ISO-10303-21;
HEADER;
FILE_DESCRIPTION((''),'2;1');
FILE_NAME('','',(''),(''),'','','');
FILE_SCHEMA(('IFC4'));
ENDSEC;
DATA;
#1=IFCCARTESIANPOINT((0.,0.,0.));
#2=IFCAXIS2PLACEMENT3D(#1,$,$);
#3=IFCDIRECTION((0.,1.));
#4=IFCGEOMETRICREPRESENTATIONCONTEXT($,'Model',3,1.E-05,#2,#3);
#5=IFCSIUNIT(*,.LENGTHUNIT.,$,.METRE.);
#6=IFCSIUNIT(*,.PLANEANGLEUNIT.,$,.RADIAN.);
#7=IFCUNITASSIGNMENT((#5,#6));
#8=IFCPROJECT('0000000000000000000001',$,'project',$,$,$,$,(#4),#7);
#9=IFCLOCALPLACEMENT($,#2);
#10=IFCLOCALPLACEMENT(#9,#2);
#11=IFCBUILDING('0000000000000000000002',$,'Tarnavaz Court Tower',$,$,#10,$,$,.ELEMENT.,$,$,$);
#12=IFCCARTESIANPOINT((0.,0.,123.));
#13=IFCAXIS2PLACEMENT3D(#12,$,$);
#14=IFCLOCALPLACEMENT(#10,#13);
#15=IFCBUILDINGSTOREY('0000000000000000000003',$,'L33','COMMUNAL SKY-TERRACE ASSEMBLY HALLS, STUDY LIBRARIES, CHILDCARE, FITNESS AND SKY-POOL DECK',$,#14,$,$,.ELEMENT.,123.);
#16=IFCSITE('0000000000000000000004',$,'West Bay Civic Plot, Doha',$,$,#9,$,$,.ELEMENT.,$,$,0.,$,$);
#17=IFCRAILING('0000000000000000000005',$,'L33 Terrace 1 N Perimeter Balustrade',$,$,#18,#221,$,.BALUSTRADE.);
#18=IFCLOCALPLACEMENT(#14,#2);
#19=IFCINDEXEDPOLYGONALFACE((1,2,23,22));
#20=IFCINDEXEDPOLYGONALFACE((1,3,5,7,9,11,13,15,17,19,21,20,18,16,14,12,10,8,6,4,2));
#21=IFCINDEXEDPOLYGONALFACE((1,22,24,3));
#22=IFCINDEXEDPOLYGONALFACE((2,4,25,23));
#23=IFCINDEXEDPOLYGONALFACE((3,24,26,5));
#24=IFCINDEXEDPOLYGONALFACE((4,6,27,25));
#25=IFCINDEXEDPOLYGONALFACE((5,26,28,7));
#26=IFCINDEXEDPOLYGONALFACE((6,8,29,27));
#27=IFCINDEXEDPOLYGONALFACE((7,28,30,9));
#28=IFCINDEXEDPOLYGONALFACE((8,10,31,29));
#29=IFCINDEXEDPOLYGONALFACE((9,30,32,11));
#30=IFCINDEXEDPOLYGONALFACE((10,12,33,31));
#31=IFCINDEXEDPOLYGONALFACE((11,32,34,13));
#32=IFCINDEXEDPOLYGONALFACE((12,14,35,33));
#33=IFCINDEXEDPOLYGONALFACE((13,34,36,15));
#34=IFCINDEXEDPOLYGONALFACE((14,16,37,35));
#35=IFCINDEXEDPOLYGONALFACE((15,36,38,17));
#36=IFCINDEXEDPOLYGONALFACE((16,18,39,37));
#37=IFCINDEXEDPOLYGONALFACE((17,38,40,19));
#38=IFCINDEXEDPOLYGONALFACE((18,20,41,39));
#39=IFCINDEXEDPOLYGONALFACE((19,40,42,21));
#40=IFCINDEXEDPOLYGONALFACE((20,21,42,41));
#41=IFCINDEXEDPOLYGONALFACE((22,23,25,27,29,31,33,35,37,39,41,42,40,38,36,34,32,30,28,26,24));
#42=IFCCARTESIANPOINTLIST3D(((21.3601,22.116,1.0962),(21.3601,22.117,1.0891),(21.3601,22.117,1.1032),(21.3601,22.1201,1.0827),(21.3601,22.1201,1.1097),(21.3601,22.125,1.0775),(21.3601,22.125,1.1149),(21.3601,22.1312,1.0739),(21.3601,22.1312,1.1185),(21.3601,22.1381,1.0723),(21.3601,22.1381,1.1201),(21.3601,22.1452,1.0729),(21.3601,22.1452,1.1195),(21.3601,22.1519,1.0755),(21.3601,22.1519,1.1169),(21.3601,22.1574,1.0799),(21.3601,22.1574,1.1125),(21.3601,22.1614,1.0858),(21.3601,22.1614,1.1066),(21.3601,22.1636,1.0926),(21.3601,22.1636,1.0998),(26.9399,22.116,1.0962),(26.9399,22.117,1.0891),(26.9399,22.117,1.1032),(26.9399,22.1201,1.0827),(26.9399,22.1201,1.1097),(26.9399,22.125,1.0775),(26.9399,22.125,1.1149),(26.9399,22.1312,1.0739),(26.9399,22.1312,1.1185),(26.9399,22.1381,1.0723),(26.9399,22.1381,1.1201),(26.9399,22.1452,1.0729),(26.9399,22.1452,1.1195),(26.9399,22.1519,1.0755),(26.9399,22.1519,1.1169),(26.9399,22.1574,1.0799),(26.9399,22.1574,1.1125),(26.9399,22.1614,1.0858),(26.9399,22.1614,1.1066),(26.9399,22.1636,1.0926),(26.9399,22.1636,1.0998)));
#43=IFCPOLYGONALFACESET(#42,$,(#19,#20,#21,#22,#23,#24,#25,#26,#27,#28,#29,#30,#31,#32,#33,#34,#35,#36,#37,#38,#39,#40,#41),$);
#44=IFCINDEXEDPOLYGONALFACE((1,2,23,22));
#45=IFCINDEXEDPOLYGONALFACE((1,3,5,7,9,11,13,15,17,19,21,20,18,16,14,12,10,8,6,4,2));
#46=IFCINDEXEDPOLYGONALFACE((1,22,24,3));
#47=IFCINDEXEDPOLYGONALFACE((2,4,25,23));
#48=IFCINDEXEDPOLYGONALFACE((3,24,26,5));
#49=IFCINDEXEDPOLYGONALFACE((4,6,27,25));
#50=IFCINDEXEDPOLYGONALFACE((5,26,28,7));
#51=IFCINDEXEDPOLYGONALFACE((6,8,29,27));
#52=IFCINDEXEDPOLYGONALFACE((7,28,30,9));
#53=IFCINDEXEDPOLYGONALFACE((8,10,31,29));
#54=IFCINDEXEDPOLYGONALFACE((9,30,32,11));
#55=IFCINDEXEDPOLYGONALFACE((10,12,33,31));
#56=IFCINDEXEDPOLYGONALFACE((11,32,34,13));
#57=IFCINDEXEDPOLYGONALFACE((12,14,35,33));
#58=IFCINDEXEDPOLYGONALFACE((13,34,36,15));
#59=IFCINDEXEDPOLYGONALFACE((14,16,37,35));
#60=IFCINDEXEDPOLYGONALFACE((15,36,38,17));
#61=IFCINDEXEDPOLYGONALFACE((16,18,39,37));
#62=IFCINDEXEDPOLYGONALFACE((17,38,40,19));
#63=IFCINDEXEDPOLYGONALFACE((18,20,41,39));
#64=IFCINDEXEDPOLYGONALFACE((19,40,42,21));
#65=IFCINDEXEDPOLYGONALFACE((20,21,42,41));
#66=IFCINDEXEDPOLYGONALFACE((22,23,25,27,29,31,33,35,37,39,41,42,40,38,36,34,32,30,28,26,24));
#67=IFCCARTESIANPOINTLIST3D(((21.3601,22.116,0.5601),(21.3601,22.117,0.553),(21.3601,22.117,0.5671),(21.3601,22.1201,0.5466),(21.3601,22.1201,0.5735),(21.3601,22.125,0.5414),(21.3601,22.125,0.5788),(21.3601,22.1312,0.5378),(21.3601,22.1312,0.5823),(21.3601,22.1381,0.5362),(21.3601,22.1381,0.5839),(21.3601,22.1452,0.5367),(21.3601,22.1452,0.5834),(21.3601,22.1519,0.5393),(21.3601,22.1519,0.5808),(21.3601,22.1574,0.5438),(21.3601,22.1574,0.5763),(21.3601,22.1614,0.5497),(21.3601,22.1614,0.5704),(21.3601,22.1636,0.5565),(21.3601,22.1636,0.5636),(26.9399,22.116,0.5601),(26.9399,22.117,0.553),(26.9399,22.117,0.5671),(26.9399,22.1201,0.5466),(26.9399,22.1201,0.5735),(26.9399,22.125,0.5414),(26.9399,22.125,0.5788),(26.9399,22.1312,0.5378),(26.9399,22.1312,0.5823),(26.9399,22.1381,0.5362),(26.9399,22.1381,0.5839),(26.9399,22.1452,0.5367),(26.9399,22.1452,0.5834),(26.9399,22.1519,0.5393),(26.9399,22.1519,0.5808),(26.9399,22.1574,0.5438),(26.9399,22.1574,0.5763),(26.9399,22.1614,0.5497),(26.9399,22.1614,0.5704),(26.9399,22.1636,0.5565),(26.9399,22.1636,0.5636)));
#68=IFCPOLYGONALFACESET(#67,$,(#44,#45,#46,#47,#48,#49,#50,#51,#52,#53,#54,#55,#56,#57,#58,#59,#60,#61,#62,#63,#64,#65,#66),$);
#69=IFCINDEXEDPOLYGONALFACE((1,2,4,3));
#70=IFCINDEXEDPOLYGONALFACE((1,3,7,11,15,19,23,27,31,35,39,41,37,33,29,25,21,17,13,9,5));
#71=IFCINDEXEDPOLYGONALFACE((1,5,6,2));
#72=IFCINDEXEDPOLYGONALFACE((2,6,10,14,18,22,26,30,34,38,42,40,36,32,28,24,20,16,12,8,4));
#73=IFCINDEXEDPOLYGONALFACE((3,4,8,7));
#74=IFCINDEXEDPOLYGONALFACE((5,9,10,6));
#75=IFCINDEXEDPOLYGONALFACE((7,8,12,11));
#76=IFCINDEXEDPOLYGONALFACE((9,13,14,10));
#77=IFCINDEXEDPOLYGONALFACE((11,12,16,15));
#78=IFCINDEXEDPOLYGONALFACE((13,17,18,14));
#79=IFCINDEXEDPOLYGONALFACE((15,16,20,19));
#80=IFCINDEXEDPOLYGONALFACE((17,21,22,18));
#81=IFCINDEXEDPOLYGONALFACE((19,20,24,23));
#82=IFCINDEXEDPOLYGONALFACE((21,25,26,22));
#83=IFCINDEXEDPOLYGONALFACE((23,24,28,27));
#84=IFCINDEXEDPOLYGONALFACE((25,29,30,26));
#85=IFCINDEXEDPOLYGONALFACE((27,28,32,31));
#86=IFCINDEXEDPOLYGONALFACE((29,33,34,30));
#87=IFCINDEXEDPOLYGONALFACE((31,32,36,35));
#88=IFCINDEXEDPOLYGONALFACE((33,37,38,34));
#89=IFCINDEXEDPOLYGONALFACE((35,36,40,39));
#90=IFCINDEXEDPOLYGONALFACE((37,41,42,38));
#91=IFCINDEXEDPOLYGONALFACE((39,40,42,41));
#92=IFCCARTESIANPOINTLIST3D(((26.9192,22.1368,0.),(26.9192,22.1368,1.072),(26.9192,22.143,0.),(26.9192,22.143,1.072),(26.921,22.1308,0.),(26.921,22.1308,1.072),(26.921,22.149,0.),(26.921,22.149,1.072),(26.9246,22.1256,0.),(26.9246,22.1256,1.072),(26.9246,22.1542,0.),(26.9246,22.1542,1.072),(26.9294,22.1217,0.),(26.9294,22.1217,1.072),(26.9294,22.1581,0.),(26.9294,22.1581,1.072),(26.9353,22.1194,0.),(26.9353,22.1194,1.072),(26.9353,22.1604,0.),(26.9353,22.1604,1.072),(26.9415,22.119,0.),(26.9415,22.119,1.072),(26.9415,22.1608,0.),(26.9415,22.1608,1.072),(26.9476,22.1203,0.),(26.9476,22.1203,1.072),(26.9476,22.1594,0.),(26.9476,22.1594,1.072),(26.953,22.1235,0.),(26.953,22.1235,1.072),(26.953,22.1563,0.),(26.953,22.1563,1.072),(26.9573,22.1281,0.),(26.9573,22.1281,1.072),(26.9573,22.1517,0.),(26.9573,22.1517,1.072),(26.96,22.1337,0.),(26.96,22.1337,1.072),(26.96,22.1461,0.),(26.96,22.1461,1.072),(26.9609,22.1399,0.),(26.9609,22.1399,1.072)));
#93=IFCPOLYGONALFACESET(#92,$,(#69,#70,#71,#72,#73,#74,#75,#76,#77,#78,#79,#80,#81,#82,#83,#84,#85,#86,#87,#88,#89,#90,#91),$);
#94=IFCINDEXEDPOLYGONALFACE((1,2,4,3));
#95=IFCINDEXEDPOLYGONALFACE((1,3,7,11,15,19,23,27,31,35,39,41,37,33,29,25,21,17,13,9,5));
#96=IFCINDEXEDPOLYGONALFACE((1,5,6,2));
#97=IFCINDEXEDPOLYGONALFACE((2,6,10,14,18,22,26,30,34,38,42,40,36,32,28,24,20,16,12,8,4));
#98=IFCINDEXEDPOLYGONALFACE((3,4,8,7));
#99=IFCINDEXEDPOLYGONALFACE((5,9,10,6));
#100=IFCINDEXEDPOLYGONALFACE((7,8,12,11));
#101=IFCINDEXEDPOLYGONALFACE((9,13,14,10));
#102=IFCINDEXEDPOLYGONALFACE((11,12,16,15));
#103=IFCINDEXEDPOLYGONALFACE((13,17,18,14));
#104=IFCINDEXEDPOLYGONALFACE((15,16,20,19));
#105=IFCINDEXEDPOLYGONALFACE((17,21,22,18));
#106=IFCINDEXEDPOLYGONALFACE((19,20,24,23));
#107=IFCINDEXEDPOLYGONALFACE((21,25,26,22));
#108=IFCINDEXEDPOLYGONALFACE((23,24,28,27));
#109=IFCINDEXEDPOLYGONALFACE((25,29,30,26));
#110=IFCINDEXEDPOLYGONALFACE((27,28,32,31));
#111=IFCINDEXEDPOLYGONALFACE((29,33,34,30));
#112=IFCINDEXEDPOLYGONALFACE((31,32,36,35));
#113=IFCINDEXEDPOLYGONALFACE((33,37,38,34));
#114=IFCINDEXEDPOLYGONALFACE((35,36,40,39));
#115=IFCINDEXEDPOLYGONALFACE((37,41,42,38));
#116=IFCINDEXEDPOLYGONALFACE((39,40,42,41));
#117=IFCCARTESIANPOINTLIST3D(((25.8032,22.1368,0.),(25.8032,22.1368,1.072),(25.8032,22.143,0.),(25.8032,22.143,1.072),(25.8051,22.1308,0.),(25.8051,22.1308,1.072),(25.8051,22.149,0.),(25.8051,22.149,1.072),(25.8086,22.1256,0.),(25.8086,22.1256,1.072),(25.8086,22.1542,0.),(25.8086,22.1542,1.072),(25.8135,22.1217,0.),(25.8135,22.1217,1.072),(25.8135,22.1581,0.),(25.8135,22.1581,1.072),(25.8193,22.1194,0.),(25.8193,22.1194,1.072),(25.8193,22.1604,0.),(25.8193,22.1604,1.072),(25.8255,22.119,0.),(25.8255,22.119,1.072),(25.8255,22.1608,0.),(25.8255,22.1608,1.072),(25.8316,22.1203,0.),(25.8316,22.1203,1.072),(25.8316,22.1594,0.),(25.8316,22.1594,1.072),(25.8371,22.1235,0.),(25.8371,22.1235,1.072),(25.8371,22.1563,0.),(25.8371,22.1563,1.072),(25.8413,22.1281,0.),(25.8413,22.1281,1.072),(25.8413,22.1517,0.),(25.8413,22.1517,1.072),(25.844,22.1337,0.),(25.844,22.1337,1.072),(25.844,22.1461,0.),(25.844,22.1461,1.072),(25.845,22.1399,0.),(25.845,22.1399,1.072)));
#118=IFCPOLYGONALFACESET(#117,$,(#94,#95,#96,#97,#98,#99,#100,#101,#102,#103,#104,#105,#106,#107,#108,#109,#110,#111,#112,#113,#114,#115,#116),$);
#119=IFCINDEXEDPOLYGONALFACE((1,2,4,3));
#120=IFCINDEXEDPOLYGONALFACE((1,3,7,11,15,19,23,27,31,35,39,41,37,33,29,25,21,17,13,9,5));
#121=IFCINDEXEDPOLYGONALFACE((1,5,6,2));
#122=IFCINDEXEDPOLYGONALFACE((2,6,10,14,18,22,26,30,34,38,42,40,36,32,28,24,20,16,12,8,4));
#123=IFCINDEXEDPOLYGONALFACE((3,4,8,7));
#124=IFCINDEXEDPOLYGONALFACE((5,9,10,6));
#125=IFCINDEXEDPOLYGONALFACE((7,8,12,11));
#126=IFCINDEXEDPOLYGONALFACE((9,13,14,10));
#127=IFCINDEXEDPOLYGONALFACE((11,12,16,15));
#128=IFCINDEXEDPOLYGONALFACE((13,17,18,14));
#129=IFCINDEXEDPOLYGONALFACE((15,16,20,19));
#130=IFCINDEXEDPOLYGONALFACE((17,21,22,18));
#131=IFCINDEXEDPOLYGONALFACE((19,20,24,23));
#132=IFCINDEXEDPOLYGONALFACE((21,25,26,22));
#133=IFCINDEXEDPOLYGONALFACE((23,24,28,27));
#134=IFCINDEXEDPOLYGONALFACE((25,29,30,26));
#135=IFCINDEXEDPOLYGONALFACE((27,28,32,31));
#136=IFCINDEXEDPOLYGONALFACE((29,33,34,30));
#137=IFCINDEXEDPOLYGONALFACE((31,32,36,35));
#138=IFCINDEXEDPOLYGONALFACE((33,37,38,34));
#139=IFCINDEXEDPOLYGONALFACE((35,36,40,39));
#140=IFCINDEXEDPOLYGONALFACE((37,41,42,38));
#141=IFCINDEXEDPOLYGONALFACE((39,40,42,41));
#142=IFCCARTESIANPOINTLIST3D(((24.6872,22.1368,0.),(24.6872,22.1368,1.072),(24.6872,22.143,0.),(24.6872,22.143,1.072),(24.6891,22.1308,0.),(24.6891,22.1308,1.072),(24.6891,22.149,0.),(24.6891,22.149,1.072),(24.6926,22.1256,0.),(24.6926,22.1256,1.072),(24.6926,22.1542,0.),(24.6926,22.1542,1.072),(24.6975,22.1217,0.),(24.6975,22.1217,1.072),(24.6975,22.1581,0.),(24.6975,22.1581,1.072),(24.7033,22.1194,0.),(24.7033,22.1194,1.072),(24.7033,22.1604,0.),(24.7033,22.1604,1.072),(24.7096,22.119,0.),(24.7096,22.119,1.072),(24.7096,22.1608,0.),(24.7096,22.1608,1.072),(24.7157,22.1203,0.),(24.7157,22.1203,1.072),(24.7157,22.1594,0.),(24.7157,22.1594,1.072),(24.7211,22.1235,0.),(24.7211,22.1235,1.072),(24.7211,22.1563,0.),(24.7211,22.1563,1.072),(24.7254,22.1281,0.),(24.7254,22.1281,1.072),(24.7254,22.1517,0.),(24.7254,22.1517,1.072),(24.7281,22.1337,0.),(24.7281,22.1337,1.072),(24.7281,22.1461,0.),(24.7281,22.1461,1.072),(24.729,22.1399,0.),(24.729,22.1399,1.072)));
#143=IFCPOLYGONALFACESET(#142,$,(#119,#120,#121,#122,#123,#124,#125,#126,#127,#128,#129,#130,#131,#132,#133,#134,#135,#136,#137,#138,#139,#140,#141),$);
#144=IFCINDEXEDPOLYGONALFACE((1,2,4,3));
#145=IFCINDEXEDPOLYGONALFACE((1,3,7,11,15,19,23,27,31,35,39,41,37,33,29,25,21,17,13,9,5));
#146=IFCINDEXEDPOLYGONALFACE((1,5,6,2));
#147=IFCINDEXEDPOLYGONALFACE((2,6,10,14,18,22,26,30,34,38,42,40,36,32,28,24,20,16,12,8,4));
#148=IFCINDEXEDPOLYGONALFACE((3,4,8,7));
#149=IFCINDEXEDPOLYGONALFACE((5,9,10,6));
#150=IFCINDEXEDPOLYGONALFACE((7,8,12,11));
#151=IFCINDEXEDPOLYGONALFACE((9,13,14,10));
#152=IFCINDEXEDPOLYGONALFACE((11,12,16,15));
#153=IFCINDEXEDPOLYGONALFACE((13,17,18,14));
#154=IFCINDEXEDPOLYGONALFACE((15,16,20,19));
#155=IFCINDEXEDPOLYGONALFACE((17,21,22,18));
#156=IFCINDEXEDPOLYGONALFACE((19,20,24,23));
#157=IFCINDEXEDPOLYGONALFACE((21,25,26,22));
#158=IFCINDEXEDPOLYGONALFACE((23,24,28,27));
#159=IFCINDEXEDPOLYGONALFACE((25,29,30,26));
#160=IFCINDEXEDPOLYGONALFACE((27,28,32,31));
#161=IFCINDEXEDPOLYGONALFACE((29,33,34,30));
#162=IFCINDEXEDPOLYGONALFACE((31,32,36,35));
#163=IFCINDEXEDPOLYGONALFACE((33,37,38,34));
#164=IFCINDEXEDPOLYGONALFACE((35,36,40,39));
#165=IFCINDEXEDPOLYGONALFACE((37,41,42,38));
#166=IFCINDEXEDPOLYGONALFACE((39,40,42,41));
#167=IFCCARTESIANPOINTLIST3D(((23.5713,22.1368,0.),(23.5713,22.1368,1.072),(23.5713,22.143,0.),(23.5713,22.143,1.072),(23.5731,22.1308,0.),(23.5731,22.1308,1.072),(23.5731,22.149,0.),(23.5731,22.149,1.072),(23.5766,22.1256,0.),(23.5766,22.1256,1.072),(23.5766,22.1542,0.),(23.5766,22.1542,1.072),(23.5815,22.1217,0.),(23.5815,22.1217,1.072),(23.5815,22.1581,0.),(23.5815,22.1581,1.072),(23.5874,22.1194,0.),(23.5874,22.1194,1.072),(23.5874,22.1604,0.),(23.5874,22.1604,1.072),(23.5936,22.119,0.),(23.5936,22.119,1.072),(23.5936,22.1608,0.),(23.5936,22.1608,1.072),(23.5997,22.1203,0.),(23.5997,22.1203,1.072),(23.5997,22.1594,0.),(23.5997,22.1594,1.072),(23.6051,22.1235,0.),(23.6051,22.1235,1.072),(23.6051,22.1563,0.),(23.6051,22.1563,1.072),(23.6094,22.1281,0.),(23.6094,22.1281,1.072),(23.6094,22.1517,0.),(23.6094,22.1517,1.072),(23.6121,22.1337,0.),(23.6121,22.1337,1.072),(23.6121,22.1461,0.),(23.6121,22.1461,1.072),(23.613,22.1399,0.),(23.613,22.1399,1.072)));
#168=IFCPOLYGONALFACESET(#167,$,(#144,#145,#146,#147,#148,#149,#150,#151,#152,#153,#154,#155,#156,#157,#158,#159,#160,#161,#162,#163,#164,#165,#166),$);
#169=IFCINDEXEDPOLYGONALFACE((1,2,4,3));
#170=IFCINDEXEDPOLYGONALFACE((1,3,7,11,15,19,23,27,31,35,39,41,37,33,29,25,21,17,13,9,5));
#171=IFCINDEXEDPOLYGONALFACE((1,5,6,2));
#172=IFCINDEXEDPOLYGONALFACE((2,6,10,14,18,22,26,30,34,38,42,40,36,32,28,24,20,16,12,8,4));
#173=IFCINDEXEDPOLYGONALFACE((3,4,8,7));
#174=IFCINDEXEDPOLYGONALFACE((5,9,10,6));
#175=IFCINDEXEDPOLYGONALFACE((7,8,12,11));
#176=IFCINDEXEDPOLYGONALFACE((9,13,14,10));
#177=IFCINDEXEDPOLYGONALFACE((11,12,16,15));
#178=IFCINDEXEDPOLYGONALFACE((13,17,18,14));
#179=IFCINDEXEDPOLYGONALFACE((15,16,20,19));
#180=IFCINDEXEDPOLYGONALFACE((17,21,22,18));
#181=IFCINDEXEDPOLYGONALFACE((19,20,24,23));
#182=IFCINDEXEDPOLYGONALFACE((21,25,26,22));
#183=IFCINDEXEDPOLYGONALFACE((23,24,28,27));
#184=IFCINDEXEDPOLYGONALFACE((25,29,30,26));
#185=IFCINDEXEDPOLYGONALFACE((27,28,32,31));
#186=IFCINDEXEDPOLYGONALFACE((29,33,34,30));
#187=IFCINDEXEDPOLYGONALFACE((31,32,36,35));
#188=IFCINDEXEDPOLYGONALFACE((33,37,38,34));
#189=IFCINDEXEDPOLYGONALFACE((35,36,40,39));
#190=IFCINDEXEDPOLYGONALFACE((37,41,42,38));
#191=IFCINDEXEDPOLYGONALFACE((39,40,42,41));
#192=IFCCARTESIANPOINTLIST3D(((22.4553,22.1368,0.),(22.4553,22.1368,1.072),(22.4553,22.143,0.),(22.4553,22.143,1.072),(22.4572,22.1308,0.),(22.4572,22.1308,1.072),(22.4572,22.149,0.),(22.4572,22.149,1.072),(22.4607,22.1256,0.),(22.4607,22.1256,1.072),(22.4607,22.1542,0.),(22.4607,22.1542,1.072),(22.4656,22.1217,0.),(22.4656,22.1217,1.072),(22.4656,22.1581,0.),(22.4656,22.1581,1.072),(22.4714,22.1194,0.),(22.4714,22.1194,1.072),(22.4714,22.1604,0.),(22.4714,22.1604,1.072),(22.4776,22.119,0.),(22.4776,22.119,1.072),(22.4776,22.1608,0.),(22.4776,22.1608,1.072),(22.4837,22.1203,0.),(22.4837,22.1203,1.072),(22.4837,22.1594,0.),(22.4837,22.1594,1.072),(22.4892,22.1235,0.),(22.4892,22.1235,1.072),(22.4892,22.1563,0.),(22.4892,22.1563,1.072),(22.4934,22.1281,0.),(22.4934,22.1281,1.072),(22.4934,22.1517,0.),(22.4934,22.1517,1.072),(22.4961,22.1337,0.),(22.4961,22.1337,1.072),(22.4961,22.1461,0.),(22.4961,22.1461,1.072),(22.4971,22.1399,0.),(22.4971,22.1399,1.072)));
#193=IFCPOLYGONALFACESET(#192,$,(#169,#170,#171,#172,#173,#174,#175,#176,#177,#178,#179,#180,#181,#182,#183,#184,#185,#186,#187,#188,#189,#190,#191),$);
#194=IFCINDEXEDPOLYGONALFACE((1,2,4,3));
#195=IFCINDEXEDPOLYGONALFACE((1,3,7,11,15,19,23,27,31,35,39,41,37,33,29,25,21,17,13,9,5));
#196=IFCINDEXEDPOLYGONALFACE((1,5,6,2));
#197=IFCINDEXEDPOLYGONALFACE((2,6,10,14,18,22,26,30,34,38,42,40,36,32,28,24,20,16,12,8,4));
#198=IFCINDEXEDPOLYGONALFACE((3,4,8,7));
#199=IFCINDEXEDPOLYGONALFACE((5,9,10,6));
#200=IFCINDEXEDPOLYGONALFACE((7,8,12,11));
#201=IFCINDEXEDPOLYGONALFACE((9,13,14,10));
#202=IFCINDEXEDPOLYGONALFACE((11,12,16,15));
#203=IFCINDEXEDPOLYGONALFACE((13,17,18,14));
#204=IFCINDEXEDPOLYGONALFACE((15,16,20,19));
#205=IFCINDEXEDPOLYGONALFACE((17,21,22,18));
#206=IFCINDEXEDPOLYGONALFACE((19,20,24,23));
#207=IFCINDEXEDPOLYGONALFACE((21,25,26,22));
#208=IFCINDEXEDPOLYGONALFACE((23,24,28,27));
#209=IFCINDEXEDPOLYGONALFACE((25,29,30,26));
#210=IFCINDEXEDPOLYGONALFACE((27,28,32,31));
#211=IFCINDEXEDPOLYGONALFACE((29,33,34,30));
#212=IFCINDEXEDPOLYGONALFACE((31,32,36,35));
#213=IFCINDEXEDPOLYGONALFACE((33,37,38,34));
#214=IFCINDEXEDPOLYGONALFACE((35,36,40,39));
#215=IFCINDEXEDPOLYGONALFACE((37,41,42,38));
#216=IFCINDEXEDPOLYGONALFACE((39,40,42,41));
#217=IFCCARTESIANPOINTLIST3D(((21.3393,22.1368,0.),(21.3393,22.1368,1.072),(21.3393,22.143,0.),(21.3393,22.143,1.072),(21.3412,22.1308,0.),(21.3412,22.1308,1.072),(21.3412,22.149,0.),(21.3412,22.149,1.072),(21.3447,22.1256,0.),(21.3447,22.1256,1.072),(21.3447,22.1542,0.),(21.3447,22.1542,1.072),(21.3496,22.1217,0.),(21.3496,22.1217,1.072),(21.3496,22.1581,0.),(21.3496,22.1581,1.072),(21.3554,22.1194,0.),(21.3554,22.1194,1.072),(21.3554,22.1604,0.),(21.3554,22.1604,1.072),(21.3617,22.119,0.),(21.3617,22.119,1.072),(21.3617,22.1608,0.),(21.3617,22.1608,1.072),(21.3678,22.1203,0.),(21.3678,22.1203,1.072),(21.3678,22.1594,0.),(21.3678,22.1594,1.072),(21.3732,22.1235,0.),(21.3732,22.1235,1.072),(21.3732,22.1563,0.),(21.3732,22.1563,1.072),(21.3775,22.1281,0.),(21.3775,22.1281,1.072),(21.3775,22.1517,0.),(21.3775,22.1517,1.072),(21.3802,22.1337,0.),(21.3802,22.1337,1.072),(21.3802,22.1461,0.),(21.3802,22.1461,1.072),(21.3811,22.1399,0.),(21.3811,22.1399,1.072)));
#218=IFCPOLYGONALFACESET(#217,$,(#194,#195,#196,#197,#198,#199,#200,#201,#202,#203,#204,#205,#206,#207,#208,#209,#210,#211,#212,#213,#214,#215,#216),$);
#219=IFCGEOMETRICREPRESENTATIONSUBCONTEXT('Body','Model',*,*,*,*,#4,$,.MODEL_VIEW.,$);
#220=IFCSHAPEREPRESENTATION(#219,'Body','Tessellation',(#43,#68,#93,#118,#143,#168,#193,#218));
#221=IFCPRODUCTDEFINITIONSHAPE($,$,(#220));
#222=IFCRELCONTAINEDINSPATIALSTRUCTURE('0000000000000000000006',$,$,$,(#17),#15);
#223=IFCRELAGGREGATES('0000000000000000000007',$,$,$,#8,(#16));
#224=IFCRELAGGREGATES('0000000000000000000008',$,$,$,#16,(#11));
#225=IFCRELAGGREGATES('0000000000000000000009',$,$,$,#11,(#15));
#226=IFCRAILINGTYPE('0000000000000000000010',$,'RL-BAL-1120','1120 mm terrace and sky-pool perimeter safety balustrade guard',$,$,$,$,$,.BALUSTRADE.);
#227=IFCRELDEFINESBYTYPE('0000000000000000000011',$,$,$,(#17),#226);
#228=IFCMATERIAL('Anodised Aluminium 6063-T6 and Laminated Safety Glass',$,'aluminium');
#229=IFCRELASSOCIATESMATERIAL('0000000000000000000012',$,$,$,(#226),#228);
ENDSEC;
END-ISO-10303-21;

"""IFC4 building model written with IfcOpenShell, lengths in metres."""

from ifc_helpers import new_model, si_unit, direction, frame, origin, origin_2d, place, context, subcontext, project, spatial, circle, extrude, material, type_object, element, save


model = new_model("IFC4")

# Units and contexts
model_context = context("Model", 3, precision=1e-05, world=origin(), true_north=direction((0.0, 1.0)))
body_context = subcontext(model_context, "Body", "Model", "MODEL_VIEW")
ifc_project = project(units=[si_unit("LENGTHUNIT", "METRE"), si_unit("PLANEANGLEUNIT", "RADIAN")], contexts=[model_context])

# Site, building, storey
site_placement = place(None, origin())
site = spatial("IfcSite", under=ifc_project, at=site_placement, Name="West Bay Civic Plot, Doha", CompositionType="ELEMENT", RefElevation=0.0)
building_placement = place(site_placement, origin())
building = spatial("IfcBuilding", under=site, at=building_placement, Name="Tarnavaz Court Tower", CompositionType="ELEMENT")
storey_placement = place(building_placement, frame((0.0, 0.0, 123.0)))
storey = spatial("IfcBuildingStorey", under=building, at=storey_placement, Name="L33", Description="COMMUNAL SKY-TERRACE ASSEMBLY HALLS, STUDY LIBRARIES, CHILDCARE, FITNESS AND SKY-POOL DECK", CompositionType="ELEMENT", Elevation=123.0)

# Railing
ifc_material_1 = material(Name="Anodised Aluminium 6063-T6 and Laminated Safety Glass", Category="aluminium")
railing_type = type_object("IfcRailingType", Name="RL-BAL-1120", Description="1120 mm terrace and sky-pool perimeter safety balustrade guard", PredefinedType="BALUSTRADE", material=ifc_material_1)
railing_1_placement = place(storey_placement, frame((26.9399, 22.1399, 0.0)))
element("IfcRailing", 1, at=railing_1_placement, inside=storey, type_object=railing_type, Name="L33 Terrace 1 N Perimeter Balustrade", PredefinedType="BALUSTRADE", context=body_context, shape_type="SweptSolid", body=[
    extrude(circle(Radius=0.0239, at=origin_2d()), frame((0.0, 0.0, 1.0962), z_axis=(-1.0, 0.0, 0.0), x_axis=(0.0, -1.0, 0.0)), (0.0, 0.0, 1.0), 5.5798),
    extrude(circle(Radius=0.0239, at=origin_2d()), frame((0.0, 0.0, 0.5601), z_axis=(-1.0, 0.0, 0.0), x_axis=(0.0, -1.0, 0.0)), (0.0, 0.0, 1.0), 5.5798),
    extrude(circle(Radius=0.021, at=origin_2d()), origin(), (0.0, 0.0, 1.0), 1.072),
    extrude(circle(Radius=0.021, at=origin_2d()), frame((-1.116, 0.0, 0.0)), (0.0, 0.0, 1.0), 1.072),
    extrude(circle(Radius=0.021, at=origin_2d()), frame((-2.2319, 0.0, 0.0)), (0.0, 0.0, 1.0), 1.072),
    extrude(circle(Radius=0.021, at=origin_2d()), frame((-3.3479, 0.0, 0.0)), (0.0, 0.0, 1.0), 1.072),
    extrude(circle(Radius=0.021, at=origin_2d()), frame((-4.4639, 0.0, 0.0)), (0.0, 0.0, 1.0), 1.072),
    extrude(circle(Radius=0.021, at=origin_2d()), frame((-5.5798, 0.0, 0.0)), (0.0, 0.0, 1.0), 1.072),
])

save(model, "model.ifc")
